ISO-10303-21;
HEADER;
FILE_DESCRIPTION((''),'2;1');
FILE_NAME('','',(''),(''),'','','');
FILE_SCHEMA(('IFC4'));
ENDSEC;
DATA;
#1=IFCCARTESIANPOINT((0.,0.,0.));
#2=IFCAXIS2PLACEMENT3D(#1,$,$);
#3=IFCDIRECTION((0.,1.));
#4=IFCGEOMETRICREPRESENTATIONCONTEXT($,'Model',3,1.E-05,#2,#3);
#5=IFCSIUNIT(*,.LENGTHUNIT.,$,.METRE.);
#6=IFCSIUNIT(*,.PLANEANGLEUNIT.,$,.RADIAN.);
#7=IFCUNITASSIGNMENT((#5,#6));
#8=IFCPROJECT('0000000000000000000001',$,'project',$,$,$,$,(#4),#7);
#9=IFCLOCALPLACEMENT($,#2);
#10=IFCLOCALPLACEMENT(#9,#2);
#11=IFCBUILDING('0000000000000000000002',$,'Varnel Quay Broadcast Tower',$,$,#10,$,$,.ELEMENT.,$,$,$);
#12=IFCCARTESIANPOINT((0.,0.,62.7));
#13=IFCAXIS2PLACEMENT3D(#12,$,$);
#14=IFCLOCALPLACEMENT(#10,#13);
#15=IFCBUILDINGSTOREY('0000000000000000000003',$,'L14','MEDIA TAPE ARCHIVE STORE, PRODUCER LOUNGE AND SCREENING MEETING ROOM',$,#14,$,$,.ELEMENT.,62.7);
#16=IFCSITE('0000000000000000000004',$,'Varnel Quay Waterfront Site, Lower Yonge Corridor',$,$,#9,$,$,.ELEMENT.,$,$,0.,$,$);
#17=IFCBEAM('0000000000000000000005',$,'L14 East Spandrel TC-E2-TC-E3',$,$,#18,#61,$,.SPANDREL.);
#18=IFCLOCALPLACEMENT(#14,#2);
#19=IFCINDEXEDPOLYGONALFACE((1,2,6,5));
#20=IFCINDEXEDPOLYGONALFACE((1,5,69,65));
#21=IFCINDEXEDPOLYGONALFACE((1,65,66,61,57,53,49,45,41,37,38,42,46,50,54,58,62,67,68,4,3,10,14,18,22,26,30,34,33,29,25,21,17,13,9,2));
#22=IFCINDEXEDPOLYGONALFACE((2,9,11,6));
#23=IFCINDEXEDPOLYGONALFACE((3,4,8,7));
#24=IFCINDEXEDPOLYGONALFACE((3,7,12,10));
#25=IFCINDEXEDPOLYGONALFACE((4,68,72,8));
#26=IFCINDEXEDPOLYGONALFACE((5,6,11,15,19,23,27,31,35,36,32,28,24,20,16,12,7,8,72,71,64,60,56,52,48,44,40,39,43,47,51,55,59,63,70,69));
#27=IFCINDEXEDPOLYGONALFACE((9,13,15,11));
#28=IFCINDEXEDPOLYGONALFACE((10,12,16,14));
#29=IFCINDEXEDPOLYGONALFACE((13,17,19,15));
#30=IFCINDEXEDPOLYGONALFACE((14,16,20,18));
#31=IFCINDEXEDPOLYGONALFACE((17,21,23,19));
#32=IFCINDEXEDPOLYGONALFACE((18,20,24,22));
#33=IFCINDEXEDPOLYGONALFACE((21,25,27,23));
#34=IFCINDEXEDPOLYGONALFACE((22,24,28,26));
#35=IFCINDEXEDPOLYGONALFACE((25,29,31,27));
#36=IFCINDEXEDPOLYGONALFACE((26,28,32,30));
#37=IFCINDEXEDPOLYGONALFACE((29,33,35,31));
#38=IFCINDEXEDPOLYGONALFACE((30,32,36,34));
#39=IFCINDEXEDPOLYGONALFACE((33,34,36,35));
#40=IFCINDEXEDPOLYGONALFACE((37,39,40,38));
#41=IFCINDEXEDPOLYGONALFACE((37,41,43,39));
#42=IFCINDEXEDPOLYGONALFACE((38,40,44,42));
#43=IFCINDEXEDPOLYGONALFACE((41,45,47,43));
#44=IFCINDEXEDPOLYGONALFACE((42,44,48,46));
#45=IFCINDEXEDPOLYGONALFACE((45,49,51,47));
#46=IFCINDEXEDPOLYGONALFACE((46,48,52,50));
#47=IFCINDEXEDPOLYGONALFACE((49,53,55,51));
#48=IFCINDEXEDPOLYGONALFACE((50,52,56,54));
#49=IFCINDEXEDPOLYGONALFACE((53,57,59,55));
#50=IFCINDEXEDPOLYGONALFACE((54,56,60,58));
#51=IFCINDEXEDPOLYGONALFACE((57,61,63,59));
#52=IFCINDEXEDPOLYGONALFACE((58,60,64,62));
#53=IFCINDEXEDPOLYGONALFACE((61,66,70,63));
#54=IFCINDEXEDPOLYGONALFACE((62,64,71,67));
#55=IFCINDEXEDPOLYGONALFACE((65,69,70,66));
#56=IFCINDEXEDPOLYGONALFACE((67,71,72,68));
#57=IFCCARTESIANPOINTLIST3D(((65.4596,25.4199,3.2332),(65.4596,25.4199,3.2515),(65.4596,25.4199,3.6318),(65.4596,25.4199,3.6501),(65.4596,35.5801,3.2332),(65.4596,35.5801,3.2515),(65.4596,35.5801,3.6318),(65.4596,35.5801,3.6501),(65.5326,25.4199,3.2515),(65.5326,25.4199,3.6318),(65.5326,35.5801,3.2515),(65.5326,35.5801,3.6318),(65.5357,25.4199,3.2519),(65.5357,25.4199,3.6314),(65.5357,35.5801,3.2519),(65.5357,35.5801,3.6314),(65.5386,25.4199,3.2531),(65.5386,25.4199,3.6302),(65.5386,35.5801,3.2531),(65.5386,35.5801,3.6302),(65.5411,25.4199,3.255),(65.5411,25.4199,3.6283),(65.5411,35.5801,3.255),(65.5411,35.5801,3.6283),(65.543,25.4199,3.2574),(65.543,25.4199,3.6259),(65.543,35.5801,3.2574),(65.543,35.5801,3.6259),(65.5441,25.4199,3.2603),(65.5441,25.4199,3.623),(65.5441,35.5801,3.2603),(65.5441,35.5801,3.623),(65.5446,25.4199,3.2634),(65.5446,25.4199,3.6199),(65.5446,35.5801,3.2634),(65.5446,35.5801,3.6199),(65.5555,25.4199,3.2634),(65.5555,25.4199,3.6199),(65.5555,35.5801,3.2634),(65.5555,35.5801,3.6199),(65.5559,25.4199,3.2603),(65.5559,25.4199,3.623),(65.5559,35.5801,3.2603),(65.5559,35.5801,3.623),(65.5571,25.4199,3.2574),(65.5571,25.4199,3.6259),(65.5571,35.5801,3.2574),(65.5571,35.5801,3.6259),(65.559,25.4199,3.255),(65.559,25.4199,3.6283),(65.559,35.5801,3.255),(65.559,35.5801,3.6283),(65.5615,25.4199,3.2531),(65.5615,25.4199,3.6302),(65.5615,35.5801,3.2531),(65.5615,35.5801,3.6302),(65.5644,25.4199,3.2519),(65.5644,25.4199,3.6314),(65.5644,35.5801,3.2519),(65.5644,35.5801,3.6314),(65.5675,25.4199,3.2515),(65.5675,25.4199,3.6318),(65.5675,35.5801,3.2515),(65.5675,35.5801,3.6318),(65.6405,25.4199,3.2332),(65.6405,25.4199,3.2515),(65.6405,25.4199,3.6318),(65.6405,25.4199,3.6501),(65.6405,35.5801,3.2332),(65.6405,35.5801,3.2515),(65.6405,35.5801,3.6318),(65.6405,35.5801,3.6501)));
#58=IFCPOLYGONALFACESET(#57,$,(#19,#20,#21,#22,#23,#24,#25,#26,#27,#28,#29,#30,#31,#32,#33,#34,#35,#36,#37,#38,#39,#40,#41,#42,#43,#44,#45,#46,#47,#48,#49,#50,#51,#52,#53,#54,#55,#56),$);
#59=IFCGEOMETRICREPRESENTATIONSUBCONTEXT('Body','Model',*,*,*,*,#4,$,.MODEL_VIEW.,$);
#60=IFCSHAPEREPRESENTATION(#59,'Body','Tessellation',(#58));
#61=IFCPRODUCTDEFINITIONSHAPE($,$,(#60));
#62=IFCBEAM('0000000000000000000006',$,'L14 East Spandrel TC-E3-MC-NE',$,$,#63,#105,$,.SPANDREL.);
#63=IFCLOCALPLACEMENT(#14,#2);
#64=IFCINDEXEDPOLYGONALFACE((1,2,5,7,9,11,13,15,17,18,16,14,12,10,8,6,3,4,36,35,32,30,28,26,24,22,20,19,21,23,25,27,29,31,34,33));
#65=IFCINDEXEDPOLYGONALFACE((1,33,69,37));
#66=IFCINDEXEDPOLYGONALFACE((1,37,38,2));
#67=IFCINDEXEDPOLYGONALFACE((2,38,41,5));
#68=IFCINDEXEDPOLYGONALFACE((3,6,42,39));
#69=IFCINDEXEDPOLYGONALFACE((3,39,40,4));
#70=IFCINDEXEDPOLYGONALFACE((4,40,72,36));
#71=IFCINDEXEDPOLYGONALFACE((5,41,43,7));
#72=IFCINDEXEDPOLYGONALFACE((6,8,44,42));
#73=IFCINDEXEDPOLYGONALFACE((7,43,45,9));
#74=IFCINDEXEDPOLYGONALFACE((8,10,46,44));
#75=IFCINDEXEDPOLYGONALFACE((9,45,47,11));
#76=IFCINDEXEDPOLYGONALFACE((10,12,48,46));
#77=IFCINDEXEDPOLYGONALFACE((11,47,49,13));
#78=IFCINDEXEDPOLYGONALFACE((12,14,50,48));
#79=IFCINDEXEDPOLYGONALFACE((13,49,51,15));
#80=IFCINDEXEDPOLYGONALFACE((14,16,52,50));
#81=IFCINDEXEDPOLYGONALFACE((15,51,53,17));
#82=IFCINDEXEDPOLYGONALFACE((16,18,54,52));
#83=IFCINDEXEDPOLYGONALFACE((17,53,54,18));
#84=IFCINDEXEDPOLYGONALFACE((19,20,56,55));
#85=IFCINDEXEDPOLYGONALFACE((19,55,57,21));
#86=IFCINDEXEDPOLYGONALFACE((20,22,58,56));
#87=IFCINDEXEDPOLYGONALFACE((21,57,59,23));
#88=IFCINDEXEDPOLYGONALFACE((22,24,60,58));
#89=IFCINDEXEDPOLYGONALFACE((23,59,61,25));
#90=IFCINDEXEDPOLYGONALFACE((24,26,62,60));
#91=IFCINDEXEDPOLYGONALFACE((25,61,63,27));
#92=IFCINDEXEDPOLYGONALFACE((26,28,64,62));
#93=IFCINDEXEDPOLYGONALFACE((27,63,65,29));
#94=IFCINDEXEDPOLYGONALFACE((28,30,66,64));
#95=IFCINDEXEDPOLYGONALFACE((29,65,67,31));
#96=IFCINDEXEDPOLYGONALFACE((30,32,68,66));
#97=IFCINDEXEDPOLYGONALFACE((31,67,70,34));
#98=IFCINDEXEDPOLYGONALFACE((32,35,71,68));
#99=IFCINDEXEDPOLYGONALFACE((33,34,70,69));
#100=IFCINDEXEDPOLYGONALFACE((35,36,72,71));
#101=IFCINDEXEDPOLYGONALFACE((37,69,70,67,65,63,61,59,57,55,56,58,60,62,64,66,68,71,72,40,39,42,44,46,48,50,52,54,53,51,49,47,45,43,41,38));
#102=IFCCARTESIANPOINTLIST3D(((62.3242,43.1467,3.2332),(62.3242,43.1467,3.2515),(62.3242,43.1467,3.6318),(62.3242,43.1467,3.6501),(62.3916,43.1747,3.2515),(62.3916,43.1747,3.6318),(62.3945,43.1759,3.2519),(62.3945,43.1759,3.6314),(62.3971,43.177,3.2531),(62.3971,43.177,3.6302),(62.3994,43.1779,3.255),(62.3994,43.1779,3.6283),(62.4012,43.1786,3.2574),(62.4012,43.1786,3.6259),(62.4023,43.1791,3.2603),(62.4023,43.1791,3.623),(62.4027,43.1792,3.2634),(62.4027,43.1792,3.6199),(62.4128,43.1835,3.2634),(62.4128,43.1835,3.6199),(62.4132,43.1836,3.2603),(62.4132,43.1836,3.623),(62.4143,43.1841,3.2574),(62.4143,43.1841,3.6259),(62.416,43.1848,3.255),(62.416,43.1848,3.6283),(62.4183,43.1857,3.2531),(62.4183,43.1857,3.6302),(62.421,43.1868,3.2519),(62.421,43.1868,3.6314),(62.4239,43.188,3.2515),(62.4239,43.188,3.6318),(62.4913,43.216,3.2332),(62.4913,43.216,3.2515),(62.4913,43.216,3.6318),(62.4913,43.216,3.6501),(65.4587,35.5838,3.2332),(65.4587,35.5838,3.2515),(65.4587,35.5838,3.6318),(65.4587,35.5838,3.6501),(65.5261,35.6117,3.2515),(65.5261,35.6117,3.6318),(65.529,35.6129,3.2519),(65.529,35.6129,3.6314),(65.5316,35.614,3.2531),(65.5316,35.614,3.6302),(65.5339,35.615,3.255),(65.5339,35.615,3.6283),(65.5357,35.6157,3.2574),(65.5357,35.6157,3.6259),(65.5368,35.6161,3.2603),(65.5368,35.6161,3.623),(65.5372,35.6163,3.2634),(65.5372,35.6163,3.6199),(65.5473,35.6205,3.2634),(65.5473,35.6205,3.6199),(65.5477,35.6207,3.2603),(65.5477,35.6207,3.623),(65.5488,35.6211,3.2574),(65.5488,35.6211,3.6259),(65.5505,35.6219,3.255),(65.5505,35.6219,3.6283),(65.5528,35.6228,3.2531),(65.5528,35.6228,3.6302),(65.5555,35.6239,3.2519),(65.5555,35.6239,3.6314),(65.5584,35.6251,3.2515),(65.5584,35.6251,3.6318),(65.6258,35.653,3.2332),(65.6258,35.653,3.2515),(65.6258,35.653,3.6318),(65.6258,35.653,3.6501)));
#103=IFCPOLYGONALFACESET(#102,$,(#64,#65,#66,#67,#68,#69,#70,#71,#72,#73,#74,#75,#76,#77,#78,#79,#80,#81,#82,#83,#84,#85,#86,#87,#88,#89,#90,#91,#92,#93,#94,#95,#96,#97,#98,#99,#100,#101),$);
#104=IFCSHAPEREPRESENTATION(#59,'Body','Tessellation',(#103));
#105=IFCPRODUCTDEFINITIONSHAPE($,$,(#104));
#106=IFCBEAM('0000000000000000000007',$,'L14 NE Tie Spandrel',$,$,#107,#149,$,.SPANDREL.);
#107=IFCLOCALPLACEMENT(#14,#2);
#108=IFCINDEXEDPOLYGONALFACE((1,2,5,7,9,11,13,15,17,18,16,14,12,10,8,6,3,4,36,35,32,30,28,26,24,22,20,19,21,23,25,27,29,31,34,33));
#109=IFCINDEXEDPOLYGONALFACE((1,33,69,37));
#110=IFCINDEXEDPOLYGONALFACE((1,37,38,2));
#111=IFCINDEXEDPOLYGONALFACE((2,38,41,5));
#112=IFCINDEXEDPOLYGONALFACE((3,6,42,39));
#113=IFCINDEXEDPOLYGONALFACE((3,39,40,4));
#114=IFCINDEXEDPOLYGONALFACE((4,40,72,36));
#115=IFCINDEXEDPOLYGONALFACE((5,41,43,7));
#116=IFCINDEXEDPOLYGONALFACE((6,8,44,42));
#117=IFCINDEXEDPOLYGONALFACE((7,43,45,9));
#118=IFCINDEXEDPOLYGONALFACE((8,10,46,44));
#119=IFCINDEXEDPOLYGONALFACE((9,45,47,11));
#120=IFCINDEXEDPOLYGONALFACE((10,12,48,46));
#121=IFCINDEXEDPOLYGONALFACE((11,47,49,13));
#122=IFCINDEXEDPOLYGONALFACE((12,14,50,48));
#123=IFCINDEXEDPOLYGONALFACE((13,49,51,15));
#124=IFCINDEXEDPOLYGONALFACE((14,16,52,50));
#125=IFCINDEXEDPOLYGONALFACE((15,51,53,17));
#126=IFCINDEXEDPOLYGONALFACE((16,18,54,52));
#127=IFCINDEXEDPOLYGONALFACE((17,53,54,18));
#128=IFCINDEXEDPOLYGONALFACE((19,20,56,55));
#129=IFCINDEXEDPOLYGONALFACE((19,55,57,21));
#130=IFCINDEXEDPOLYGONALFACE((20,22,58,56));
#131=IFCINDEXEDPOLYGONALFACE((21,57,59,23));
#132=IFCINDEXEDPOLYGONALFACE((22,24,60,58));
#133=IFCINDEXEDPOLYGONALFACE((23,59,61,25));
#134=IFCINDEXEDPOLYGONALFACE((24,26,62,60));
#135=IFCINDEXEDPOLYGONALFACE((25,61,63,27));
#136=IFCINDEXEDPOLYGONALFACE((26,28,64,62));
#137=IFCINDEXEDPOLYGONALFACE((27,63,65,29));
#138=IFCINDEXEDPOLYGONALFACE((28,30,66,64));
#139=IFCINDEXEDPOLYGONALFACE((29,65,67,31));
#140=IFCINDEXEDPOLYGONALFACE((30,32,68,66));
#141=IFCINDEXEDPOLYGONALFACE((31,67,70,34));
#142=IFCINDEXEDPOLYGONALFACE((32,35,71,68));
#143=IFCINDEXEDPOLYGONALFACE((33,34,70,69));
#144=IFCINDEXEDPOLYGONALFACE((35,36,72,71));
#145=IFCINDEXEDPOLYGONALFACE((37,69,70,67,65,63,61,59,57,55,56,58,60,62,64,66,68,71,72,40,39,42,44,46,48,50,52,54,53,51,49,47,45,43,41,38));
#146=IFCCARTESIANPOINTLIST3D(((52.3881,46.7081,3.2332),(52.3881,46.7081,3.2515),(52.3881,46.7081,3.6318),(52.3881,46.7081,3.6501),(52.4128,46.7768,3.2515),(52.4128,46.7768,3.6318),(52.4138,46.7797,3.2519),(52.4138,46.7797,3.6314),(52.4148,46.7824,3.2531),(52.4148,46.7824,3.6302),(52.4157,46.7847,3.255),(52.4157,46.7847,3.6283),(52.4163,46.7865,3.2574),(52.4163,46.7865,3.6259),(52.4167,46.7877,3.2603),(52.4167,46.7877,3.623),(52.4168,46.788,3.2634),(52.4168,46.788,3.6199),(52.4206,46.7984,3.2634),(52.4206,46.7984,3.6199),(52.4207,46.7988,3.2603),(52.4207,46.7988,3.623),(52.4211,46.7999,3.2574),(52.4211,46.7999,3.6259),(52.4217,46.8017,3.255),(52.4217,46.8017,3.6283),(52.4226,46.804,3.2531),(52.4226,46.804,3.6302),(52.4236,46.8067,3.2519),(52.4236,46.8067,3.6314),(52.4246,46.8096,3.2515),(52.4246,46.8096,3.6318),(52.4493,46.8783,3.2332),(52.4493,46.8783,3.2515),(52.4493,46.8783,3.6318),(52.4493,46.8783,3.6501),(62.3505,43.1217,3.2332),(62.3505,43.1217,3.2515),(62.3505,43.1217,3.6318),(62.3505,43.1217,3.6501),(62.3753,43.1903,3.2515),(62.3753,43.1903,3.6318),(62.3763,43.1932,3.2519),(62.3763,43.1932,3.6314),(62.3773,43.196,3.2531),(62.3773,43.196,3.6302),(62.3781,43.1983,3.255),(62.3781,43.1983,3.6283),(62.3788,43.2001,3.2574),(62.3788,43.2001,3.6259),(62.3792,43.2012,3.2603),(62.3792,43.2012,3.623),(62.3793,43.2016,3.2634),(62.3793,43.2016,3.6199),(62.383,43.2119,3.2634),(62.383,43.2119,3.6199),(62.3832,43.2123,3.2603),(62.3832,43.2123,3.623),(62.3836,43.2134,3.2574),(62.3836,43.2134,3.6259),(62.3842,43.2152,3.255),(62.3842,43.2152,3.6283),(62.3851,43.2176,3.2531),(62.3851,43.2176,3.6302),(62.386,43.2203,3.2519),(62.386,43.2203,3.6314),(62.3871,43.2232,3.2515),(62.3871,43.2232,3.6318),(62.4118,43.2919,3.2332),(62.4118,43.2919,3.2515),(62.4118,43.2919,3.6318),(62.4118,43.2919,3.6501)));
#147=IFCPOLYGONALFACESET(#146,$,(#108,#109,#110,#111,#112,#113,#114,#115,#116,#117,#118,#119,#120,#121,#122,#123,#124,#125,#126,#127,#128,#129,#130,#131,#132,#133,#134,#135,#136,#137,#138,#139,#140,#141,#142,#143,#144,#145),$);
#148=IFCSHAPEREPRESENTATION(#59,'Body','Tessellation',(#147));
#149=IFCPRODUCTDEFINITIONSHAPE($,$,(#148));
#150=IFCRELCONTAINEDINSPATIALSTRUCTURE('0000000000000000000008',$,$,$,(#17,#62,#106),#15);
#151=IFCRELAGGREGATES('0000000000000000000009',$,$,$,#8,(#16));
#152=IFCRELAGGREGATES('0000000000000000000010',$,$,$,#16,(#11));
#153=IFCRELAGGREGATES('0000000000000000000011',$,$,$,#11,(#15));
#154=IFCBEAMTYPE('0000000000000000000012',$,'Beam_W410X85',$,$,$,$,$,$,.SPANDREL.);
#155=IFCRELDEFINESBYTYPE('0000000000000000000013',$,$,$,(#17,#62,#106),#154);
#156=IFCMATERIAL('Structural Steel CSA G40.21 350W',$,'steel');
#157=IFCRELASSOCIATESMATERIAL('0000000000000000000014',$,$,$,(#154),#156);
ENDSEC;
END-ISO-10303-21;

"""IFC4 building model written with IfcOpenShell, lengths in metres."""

from ifc_helpers import new_model, si_unit, direction, frame, origin, origin_2d, place, context, subcontext, project, spatial, i_section, extrude, source, transform, mapped, material, material_profile, profile_set, type_object, type_shapes, element, save


model = new_model("IFC4")

# Units and contexts
model_context = context("Model", 3, precision=1e-05, world=origin(), true_north=direction((0.0, 1.0)))
body_context = subcontext(model_context, "Body", "Model", "MODEL_VIEW")
ifc_project = project(units=[si_unit("LENGTHUNIT", "METRE"), si_unit("PLANEANGLEUNIT", "RADIAN")], contexts=[model_context])

# Site, building, storey
site_placement = place(None, origin())
site = spatial("IfcSite", under=ifc_project, at=site_placement, Name="Varnel Quay Waterfront Site, Lower Yonge Corridor", CompositionType="ELEMENT", RefElevation=0.0)
building_placement = place(site_placement, origin())
building = spatial("IfcBuilding", under=site, at=building_placement, Name="Varnel Quay Broadcast Tower", CompositionType="ELEMENT")
storey_placement = place(building_placement, frame((0.0, 0.0, 62.7)))
storey = spatial("IfcBuildingStorey", under=building, at=storey_placement, Name="L14", Description="MEDIA TAPE ARCHIVE STORE, PRODUCER LOUNGE AND SCREENING MEETING ROOM", CompositionType="ELEMENT", Elevation=62.7)

# Shared definitions
ifc_material_1 = material(Name="Structural Steel CSA G40.21 350W", Category="steel")

# Beams
ifc_material_profile_1 = material_profile(ifc_material_1, i_section(OverallWidth=0.1809, OverallDepth=0.417, WebThickness=0.011, FlangeThickness=0.0183, FilletRadius=0.012, at=origin_2d()), Name="W410X85")
ifc_profile_set_1 = profile_set([ifc_material_profile_1], Name="Structural Steel CSA G40.21 350W")
beam_type_1 = type_object("IfcBeamType", Name="Beam_W410X85", PredefinedType="SPANDREL", material=ifc_profile_set_1)
shared_shape_1 = source(origin(), body_context, "Body", "SweptSolid", [
    extrude(i_section(OverallWidth=0.1809, OverallDepth=0.417, WebThickness=0.011, FlangeThickness=0.0183, FilletRadius=0.012, at=origin_2d()), origin(), (0.0, 0.0, 1.0), 10.1602),
])
beam_1_placement = place(storey_placement, frame((65.55, 25.4199, 3.4417), z_axis=(0.0, 1.0, 0.0), x_axis=(-1.0, 0.0, 0.0)))
element("IfcBeam", 1, at=beam_1_placement, inside=storey, type_object=beam_type_1, Name="L14 East Spandrel TC-E2-TC-E3", PredefinedType="SPANDREL", context=body_context, shape_type="MappedRepresentation", body=[
    mapped(shared_shape_1, transform((0.0, 0.0, 0.0), x_axis=(1.0, 0.0, 0.0), y_axis=(0.0, 1.0, 0.0), z_axis=(0.0, 0.0, 1.0), scale=1.0)),
])
shared_shape_2 = source(origin(), body_context, "Body", "SweptSolid", [
    extrude(i_section(OverallWidth=0.1809, OverallDepth=0.417, WebThickness=0.011, FlangeThickness=0.0183, FilletRadius=0.012, at=origin_2d()), origin(), (0.0, 0.0, 1.0), 8.1868),
])
beam_2_placement = place(storey_placement, frame((65.5422, 35.6184, 3.4417), z_axis=(-0.382874, 0.923801, 0.0), x_axis=(-0.923801, -0.382874, 0.0)))
element("IfcBeam", 2, at=beam_2_placement, inside=storey, type_object=beam_type_1, Name="L14 East Spandrel TC-E3-MC-NE", PredefinedType="SPANDREL", context=body_context, shape_type="MappedRepresentation", body=[
    mapped(shared_shape_2, transform((0.0, 0.0, 0.0), x_axis=(1.0, 0.0, 0.0), y_axis=(0.0, 1.0, 0.0), z_axis=(0.0, 0.0, 1.0), scale=1.0)),
])
shared_shape_3 = source(origin(), body_context, "Body", "SweptSolid", [
    extrude(i_section(OverallWidth=0.1809, OverallDepth=0.417, WebThickness=0.011, FlangeThickness=0.0183, FilletRadius=0.012, at=origin_2d()), origin(), (0.0, 0.0, 1.0), 10.5884),
])
type_shapes(beam_type_1, [shared_shape_1, shared_shape_2, shared_shape_3])
beam_3_placement = place(storey_placement, frame((52.4187, 46.7932, 3.4417), z_axis=(0.940889, -0.338716, 0.0), x_axis=(0.338716, 0.940889, 0.0)))
element("IfcBeam", 3, at=beam_3_placement, inside=storey, type_object=beam_type_1, Name="L14 NE Tie Spandrel", PredefinedType="SPANDREL", context=body_context, shape_type="MappedRepresentation", body=[
    mapped(shared_shape_3, transform((0.0, 0.0, 0.0), x_axis=(1.0, 0.0, 0.0), y_axis=(0.0, 1.0, 0.0), z_axis=(0.0, 0.0, 1.0), scale=1.0)),
])

save(model, "model.ifc")
